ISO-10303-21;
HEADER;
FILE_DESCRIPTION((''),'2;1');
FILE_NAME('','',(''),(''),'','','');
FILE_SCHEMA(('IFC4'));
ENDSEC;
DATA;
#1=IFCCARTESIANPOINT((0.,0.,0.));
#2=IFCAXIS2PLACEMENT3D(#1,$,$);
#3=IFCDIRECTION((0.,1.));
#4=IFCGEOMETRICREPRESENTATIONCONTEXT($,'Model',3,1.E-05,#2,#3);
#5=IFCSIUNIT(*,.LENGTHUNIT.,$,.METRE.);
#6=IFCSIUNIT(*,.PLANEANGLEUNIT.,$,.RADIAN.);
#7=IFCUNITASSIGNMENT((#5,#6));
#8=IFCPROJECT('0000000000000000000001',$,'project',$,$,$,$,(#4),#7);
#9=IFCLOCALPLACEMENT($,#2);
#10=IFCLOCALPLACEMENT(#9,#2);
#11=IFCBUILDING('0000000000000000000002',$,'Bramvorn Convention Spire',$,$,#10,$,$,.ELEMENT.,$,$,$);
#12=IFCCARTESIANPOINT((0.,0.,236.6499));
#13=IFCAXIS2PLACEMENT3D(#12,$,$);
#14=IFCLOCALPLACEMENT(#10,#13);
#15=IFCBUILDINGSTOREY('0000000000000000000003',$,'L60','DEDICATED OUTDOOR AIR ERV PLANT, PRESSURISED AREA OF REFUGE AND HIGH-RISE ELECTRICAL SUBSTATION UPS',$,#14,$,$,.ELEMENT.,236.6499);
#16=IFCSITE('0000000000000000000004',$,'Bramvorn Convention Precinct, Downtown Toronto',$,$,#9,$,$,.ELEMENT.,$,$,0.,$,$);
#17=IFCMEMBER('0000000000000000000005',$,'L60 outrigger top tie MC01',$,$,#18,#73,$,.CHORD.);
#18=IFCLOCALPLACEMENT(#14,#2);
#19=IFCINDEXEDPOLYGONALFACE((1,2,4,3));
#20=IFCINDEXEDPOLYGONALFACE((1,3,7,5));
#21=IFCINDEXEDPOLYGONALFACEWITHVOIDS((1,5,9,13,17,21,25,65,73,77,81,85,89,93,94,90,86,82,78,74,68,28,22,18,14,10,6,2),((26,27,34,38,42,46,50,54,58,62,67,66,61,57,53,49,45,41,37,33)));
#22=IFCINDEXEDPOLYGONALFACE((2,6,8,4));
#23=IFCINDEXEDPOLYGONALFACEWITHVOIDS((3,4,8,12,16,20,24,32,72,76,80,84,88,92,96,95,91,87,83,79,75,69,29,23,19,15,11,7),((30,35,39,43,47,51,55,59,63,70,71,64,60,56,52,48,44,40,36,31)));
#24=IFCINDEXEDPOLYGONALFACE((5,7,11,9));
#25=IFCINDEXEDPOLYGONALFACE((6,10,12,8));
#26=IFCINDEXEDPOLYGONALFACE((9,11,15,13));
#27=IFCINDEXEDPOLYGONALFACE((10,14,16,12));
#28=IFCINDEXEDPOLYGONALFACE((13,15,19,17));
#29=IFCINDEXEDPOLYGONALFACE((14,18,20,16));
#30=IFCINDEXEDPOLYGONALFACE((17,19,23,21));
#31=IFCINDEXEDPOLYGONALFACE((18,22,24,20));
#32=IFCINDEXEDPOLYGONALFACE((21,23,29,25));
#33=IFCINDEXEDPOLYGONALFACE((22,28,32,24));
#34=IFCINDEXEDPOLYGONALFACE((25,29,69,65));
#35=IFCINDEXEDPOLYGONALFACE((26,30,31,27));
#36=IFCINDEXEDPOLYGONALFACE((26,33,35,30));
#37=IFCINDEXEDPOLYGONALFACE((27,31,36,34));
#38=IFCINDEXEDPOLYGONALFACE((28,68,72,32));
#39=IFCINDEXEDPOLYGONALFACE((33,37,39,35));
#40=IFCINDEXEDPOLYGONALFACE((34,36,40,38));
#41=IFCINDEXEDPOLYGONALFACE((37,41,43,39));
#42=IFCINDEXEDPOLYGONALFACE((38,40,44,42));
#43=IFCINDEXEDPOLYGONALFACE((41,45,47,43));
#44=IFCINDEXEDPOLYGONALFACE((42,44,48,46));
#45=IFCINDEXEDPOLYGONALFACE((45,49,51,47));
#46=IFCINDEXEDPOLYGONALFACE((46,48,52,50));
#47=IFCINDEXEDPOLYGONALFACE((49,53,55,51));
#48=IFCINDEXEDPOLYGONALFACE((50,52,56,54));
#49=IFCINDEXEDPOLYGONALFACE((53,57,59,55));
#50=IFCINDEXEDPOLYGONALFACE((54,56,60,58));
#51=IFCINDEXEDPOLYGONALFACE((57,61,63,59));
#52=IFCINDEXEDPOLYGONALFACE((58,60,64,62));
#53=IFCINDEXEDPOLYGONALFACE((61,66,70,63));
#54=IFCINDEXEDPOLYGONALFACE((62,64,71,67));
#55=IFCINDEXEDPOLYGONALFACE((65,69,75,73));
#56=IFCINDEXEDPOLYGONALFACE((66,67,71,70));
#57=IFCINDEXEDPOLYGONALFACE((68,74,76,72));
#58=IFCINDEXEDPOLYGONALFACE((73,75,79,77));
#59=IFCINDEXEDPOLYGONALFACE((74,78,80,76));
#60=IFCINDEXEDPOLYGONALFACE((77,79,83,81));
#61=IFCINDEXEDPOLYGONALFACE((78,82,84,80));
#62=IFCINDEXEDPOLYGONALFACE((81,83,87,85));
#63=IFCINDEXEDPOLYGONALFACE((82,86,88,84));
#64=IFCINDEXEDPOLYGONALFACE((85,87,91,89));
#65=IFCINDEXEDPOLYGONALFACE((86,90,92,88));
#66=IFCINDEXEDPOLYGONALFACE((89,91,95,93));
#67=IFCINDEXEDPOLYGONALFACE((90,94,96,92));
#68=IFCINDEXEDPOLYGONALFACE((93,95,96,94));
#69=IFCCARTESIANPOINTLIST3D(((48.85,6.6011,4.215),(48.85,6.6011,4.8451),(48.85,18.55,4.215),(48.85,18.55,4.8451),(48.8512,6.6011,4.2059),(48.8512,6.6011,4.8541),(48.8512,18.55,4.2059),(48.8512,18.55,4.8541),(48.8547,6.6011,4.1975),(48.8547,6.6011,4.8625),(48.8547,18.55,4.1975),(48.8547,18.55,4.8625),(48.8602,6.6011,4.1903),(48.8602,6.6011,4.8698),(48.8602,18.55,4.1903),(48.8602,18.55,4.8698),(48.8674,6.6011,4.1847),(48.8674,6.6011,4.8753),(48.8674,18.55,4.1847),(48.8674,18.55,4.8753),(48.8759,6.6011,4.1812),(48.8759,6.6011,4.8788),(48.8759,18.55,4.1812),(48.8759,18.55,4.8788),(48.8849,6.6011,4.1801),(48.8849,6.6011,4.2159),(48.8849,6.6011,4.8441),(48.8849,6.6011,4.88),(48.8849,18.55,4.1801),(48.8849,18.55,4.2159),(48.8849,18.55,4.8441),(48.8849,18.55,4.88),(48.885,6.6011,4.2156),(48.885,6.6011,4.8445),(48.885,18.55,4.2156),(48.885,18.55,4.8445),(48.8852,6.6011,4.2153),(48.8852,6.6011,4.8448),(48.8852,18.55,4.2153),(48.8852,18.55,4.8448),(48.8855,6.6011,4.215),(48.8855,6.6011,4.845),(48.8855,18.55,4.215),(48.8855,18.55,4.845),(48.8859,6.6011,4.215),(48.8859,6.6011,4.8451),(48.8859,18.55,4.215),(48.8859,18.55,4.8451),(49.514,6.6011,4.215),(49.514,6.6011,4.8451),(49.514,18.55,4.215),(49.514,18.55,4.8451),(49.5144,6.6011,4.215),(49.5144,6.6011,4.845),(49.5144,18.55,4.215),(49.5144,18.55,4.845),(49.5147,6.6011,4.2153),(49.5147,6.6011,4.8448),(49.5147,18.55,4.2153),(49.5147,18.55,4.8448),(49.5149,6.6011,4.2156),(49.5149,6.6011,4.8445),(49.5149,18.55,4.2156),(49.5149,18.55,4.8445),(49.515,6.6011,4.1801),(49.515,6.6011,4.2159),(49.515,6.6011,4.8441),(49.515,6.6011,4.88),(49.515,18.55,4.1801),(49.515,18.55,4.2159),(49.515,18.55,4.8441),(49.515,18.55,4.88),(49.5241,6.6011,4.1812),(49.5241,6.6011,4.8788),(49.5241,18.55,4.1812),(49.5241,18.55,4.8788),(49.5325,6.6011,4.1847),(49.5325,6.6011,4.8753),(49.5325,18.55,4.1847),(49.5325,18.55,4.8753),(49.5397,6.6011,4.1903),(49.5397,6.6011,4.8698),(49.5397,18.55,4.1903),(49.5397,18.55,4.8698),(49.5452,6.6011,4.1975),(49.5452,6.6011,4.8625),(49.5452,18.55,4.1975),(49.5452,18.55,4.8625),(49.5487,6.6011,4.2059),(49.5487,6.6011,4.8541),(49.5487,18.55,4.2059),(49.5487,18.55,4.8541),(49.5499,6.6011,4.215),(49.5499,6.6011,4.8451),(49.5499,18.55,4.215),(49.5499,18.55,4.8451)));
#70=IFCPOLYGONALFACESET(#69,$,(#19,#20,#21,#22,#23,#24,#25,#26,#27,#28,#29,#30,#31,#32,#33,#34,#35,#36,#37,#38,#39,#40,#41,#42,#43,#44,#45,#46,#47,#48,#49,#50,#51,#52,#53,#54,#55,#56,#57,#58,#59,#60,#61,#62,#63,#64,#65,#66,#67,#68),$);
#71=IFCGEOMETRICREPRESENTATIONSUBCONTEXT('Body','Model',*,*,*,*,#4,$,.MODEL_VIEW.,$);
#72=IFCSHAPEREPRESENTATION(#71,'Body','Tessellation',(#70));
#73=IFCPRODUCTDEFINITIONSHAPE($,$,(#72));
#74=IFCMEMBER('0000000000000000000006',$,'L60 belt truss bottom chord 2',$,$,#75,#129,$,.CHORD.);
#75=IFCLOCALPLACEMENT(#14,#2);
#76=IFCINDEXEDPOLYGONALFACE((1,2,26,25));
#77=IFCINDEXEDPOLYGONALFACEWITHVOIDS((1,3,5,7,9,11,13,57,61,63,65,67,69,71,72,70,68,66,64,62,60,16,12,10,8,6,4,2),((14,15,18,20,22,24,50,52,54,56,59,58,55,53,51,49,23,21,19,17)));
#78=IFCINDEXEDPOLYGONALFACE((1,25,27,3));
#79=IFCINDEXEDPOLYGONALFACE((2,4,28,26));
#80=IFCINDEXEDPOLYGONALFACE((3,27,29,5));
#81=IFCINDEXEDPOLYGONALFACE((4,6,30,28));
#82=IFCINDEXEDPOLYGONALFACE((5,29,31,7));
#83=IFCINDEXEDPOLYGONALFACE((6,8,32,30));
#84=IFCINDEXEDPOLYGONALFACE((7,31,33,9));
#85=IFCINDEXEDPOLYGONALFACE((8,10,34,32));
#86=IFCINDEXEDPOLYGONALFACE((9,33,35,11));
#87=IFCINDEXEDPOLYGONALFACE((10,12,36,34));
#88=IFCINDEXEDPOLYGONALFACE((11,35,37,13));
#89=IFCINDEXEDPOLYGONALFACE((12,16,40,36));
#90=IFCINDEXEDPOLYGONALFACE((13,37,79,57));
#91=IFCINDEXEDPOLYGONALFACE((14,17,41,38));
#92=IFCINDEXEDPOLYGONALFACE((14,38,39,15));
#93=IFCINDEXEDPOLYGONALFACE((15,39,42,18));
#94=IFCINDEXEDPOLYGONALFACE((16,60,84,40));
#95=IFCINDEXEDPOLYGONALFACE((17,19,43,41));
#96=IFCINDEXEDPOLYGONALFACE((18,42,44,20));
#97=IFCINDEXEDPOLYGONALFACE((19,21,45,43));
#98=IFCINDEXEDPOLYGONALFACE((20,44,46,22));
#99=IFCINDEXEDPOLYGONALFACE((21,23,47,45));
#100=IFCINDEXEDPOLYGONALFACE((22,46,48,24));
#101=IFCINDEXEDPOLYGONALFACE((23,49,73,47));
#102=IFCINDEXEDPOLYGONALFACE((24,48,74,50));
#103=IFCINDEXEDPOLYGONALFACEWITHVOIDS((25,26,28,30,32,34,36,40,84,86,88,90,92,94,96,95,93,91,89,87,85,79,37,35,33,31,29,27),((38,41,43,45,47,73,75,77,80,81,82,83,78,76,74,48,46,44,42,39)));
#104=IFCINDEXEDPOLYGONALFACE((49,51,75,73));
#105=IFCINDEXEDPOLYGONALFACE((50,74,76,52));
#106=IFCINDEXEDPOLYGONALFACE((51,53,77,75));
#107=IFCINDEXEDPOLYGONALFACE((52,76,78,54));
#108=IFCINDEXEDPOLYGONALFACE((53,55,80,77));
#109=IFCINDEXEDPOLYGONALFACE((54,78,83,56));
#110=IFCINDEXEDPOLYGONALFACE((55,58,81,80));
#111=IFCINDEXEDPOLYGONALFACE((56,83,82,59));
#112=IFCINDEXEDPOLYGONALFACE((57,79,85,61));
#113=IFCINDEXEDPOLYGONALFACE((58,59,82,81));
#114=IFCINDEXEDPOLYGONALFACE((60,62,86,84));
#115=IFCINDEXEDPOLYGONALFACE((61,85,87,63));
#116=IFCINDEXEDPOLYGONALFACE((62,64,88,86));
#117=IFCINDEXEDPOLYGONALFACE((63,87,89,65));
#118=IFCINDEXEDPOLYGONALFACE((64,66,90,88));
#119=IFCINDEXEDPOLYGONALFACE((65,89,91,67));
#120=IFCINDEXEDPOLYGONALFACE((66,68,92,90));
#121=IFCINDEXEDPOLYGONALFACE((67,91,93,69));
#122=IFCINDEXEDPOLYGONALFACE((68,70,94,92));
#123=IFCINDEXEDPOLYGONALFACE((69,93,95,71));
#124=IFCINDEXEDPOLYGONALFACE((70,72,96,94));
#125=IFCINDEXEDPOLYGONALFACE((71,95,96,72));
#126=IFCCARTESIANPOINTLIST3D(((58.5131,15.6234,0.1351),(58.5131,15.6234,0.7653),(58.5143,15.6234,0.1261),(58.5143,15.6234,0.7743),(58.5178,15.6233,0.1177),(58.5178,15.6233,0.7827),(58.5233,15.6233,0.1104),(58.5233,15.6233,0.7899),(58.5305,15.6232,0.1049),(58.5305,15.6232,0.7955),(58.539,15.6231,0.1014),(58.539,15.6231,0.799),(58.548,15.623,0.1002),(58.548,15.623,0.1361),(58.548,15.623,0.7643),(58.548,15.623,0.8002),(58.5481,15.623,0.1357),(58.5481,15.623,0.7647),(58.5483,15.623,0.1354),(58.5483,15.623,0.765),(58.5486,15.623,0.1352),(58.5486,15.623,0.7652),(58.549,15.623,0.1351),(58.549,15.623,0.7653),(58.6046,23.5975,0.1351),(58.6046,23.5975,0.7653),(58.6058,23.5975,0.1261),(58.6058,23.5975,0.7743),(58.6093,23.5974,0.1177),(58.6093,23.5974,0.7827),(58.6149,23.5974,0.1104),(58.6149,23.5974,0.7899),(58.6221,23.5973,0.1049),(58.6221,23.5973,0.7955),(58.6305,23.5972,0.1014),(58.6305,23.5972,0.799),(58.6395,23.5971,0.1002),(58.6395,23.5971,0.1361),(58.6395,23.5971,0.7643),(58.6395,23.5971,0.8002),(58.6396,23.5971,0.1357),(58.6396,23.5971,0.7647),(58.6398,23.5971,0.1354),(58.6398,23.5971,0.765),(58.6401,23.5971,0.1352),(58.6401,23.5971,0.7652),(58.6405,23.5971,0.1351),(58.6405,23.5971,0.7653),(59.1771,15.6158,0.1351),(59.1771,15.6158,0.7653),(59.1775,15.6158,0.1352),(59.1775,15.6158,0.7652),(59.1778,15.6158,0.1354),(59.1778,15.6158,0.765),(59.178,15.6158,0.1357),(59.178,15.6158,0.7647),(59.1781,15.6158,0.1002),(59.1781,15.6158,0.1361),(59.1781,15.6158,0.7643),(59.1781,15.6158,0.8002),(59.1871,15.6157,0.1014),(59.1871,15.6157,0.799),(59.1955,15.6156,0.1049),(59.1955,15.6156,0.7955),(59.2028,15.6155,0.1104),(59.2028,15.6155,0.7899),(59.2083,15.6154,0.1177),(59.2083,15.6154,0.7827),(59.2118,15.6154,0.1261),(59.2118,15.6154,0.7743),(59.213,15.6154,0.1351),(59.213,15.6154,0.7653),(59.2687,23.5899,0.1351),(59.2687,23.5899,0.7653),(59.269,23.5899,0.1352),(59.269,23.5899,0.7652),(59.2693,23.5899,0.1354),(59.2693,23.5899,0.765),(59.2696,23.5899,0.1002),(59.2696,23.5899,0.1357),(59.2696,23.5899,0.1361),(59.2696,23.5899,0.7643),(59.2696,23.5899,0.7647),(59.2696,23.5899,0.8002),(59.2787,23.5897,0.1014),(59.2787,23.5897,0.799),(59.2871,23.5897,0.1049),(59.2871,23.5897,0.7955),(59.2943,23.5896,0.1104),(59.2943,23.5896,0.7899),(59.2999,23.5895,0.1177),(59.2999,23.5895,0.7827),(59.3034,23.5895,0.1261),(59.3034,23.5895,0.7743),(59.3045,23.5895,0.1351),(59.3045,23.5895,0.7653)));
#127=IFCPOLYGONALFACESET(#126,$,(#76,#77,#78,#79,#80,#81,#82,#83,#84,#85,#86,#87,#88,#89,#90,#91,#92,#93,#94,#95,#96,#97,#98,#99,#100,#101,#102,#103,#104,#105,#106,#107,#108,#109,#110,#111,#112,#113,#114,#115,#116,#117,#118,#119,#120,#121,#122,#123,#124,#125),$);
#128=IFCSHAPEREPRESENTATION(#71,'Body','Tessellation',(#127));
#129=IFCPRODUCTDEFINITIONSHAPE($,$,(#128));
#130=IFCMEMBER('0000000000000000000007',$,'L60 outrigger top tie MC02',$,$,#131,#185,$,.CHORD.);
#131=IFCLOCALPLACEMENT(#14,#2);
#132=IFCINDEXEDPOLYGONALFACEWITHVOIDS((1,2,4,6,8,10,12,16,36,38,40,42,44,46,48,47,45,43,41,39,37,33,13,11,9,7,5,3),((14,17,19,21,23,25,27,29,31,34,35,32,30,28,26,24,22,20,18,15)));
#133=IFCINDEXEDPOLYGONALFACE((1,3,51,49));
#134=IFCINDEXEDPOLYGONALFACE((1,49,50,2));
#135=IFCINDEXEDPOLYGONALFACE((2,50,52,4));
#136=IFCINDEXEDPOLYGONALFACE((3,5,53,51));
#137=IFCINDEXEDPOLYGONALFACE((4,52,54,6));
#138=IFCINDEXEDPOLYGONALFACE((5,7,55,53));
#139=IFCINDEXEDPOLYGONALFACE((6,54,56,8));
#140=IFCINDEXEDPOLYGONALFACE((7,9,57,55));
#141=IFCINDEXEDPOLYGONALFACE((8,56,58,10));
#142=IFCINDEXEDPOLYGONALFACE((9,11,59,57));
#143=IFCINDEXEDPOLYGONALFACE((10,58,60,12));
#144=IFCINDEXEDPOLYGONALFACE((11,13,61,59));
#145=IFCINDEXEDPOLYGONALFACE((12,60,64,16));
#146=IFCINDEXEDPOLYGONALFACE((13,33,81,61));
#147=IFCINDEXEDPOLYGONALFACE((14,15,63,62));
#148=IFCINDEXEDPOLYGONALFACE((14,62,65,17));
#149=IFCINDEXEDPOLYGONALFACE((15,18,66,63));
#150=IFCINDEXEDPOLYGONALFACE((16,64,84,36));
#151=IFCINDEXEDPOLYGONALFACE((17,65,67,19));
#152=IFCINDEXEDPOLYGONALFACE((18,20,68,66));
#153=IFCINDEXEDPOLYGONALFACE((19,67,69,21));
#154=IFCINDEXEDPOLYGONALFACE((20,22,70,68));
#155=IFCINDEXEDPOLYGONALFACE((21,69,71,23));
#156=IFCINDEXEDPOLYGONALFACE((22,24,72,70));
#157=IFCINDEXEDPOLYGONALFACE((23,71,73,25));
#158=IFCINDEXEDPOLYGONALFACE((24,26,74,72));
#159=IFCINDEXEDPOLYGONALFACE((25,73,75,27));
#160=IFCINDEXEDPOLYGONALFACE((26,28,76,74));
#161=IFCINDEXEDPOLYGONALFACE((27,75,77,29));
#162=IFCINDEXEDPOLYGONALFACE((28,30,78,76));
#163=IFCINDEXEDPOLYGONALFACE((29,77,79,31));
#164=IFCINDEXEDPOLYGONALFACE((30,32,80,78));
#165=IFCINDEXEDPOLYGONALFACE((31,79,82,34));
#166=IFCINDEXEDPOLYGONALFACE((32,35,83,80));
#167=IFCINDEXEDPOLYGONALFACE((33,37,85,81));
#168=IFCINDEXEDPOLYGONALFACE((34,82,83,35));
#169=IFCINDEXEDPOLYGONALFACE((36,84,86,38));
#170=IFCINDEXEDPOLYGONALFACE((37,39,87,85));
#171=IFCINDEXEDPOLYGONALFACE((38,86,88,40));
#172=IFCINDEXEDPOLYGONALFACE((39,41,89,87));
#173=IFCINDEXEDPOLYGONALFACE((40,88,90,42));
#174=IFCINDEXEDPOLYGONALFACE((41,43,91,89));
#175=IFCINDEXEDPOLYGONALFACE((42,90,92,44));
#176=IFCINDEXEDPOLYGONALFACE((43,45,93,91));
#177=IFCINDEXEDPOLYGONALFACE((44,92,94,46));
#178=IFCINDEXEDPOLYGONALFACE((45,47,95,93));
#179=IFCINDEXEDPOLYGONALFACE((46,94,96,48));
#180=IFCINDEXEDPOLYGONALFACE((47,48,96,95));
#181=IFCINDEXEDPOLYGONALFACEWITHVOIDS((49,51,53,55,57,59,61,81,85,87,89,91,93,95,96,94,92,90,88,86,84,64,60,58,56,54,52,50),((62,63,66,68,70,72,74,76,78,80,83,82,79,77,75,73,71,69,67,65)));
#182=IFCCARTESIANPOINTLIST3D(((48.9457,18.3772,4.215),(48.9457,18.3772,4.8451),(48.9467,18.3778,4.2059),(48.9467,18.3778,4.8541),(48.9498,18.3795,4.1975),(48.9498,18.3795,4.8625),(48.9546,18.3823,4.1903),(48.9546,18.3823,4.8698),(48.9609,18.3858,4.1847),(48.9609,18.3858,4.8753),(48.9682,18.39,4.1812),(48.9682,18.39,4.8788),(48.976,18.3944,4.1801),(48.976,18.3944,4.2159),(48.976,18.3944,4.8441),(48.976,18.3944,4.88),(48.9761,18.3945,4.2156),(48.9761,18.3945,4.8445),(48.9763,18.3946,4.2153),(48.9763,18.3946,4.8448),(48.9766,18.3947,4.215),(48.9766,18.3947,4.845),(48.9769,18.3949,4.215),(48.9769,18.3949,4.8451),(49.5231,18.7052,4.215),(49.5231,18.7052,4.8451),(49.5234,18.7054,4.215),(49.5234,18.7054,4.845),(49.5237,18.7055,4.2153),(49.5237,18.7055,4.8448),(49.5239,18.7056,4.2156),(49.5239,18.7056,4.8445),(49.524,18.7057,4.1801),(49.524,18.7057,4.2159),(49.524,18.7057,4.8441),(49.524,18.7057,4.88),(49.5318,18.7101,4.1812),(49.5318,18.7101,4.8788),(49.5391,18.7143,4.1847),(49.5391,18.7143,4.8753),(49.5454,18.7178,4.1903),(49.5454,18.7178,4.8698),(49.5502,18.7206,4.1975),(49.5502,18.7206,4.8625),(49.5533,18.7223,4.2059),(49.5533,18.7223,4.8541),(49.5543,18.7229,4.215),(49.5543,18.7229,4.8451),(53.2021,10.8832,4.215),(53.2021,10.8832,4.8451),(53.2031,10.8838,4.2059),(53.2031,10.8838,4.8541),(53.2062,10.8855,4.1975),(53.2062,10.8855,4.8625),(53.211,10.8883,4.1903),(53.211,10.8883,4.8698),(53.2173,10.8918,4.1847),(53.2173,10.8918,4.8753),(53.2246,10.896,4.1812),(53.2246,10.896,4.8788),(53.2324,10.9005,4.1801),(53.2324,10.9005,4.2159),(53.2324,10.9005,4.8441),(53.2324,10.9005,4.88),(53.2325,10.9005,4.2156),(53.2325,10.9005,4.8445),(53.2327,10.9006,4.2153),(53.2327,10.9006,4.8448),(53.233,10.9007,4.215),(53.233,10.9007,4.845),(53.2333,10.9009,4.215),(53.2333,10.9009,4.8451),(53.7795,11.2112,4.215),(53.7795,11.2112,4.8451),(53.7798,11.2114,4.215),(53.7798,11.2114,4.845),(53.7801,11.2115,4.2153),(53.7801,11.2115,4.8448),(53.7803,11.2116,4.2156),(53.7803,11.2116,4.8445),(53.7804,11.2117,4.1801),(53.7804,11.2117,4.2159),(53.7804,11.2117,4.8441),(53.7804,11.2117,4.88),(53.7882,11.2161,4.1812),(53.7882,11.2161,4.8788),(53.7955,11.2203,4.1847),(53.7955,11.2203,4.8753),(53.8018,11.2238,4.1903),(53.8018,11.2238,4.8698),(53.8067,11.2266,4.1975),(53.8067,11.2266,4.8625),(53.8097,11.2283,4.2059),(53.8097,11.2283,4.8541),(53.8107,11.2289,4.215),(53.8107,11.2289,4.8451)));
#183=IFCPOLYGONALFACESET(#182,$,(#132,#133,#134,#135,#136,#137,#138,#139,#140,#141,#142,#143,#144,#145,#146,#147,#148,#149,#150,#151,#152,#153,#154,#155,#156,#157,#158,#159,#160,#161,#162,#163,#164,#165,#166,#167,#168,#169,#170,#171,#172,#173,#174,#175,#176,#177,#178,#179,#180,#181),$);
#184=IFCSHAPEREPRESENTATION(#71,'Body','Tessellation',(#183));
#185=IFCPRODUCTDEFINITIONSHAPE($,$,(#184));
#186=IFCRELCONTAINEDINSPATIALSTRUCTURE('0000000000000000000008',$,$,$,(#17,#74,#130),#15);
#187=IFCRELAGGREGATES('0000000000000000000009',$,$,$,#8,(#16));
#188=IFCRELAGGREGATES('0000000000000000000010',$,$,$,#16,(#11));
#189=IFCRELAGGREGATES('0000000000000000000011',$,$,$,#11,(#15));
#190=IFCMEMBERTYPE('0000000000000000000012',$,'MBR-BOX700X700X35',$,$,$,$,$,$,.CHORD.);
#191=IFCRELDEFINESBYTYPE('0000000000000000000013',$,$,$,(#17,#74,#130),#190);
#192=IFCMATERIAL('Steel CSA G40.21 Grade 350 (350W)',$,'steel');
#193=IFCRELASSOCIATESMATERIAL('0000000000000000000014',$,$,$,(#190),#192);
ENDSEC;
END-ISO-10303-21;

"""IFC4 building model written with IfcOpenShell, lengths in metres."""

from ifc_helpers import new_model, si_unit, direction, frame, origin, origin_2d, place, context, subcontext, project, spatial, hollow_rectangle, extrude, material, material_profile, profile_set, type_object, element, save


model = new_model("IFC4")

# Units and contexts
model_context = context("Model", 3, precision=1e-05, world=origin(), true_north=direction((0.0, 1.0)))
body_context = subcontext(model_context, "Body", "Model", "MODEL_VIEW")
ifc_project = project(units=[si_unit("LENGTHUNIT", "METRE"), si_unit("PLANEANGLEUNIT", "RADIAN")], contexts=[model_context])

# Site, building, storey
site_placement = place(None, origin())
site = spatial("IfcSite", under=ifc_project, at=site_placement, Name="Bramvorn Convention Precinct, Downtown Toronto", CompositionType="ELEMENT", RefElevation=0.0)
building_placement = place(site_placement, origin())
building = spatial("IfcBuilding", under=site, at=building_placement, Name="Bramvorn Convention Spire", CompositionType="ELEMENT")
storey_placement = place(building_placement, frame((0.0, 0.0, 236.6499)))
storey = spatial("IfcBuildingStorey", under=building, at=storey_placement, Name="L60", Description="DEDICATED OUTDOOR AIR ERV PLANT, PRESSURISED AREA OF REFUGE AND HIGH-RISE ELECTRICAL SUBSTATION UPS", CompositionType="ELEMENT", Elevation=236.6499)

# Shared definitions
ifc_material_1 = material(Name="Steel CSA G40.21 Grade 350 (350W)", Category="steel")

# Members
ifc_material_profile_1 = material_profile(ifc_material_1, hollow_rectangle(XDim=0.7, YDim=0.7, WallThickness=0.0349, InnerFilletRadius=0.001, OuterFilletRadius=0.0349, at=origin_2d()))
ifc_profile_set_1 = profile_set([ifc_material_profile_1], Name="Steel CSA G40.21 Grade 350 (350W) - BOX700X700X35")
member_type_1 = type_object("IfcMemberType", Name="MBR-BOX700X700X35", PredefinedType="CHORD", material=ifc_profile_set_1)
member_1_placement = place(storey_placement, frame((49.2, 18.55, 4.53), z_axis=(0.0, -1.0, 0.0), x_axis=(1.0, 0.0, 0.0)))
element("IfcMember", 1, at=member_1_placement, inside=storey, type_object=member_type_1, Name="L60 outrigger top tie MC01", PredefinedType="CHORD", context=body_context, shape_type="SweptSolid", body=[
    extrude(hollow_rectangle(XDim=0.7, YDim=0.7, WallThickness=0.0349, InnerFilletRadius=0.001, OuterFilletRadius=0.0349, at=origin_2d()), origin(), (0.0, 0.0, 1.0), 11.949),
])
member_2_placement = place(storey_placement, frame((58.863, 15.6194, 0.4502), z_axis=(0.01148, 0.999934, 0.0), x_axis=(-0.999934, 0.01148, 0.0)))
element("IfcMember", 2, at=member_2_placement, inside=storey, type_object=member_type_1, Name="L60 belt truss bottom chord 2", PredefinedType="CHORD", context=body_context, shape_type="SweptSolid", body=[
    extrude(hollow_rectangle(XDim=0.7, YDim=0.7, WallThickness=0.0349, InnerFilletRadius=0.001, OuterFilletRadius=0.0349, at=origin_2d()), origin(), (0.0, 0.0, 1.0), 7.9746),
])
member_3_placement = place(storey_placement, frame((49.25, 18.55, 4.53), z_axis=(0.493874, -0.869534, 0.0), x_axis=(0.869534, 0.493874, 0.0)))
element("IfcMember", 3, at=member_3_placement, inside=storey, type_object=member_type_1, Name="L60 outrigger top tie MC02", PredefinedType="CHORD", context=body_context, shape_type="SweptSolid", body=[
    extrude(hollow_rectangle(XDim=0.7, YDim=0.7, WallThickness=0.0349, InnerFilletRadius=0.001, OuterFilletRadius=0.0349, at=origin_2d()), origin(), (0.0, 0.0, 1.0), 8.6184),
])

save(model, "model.ifc")
